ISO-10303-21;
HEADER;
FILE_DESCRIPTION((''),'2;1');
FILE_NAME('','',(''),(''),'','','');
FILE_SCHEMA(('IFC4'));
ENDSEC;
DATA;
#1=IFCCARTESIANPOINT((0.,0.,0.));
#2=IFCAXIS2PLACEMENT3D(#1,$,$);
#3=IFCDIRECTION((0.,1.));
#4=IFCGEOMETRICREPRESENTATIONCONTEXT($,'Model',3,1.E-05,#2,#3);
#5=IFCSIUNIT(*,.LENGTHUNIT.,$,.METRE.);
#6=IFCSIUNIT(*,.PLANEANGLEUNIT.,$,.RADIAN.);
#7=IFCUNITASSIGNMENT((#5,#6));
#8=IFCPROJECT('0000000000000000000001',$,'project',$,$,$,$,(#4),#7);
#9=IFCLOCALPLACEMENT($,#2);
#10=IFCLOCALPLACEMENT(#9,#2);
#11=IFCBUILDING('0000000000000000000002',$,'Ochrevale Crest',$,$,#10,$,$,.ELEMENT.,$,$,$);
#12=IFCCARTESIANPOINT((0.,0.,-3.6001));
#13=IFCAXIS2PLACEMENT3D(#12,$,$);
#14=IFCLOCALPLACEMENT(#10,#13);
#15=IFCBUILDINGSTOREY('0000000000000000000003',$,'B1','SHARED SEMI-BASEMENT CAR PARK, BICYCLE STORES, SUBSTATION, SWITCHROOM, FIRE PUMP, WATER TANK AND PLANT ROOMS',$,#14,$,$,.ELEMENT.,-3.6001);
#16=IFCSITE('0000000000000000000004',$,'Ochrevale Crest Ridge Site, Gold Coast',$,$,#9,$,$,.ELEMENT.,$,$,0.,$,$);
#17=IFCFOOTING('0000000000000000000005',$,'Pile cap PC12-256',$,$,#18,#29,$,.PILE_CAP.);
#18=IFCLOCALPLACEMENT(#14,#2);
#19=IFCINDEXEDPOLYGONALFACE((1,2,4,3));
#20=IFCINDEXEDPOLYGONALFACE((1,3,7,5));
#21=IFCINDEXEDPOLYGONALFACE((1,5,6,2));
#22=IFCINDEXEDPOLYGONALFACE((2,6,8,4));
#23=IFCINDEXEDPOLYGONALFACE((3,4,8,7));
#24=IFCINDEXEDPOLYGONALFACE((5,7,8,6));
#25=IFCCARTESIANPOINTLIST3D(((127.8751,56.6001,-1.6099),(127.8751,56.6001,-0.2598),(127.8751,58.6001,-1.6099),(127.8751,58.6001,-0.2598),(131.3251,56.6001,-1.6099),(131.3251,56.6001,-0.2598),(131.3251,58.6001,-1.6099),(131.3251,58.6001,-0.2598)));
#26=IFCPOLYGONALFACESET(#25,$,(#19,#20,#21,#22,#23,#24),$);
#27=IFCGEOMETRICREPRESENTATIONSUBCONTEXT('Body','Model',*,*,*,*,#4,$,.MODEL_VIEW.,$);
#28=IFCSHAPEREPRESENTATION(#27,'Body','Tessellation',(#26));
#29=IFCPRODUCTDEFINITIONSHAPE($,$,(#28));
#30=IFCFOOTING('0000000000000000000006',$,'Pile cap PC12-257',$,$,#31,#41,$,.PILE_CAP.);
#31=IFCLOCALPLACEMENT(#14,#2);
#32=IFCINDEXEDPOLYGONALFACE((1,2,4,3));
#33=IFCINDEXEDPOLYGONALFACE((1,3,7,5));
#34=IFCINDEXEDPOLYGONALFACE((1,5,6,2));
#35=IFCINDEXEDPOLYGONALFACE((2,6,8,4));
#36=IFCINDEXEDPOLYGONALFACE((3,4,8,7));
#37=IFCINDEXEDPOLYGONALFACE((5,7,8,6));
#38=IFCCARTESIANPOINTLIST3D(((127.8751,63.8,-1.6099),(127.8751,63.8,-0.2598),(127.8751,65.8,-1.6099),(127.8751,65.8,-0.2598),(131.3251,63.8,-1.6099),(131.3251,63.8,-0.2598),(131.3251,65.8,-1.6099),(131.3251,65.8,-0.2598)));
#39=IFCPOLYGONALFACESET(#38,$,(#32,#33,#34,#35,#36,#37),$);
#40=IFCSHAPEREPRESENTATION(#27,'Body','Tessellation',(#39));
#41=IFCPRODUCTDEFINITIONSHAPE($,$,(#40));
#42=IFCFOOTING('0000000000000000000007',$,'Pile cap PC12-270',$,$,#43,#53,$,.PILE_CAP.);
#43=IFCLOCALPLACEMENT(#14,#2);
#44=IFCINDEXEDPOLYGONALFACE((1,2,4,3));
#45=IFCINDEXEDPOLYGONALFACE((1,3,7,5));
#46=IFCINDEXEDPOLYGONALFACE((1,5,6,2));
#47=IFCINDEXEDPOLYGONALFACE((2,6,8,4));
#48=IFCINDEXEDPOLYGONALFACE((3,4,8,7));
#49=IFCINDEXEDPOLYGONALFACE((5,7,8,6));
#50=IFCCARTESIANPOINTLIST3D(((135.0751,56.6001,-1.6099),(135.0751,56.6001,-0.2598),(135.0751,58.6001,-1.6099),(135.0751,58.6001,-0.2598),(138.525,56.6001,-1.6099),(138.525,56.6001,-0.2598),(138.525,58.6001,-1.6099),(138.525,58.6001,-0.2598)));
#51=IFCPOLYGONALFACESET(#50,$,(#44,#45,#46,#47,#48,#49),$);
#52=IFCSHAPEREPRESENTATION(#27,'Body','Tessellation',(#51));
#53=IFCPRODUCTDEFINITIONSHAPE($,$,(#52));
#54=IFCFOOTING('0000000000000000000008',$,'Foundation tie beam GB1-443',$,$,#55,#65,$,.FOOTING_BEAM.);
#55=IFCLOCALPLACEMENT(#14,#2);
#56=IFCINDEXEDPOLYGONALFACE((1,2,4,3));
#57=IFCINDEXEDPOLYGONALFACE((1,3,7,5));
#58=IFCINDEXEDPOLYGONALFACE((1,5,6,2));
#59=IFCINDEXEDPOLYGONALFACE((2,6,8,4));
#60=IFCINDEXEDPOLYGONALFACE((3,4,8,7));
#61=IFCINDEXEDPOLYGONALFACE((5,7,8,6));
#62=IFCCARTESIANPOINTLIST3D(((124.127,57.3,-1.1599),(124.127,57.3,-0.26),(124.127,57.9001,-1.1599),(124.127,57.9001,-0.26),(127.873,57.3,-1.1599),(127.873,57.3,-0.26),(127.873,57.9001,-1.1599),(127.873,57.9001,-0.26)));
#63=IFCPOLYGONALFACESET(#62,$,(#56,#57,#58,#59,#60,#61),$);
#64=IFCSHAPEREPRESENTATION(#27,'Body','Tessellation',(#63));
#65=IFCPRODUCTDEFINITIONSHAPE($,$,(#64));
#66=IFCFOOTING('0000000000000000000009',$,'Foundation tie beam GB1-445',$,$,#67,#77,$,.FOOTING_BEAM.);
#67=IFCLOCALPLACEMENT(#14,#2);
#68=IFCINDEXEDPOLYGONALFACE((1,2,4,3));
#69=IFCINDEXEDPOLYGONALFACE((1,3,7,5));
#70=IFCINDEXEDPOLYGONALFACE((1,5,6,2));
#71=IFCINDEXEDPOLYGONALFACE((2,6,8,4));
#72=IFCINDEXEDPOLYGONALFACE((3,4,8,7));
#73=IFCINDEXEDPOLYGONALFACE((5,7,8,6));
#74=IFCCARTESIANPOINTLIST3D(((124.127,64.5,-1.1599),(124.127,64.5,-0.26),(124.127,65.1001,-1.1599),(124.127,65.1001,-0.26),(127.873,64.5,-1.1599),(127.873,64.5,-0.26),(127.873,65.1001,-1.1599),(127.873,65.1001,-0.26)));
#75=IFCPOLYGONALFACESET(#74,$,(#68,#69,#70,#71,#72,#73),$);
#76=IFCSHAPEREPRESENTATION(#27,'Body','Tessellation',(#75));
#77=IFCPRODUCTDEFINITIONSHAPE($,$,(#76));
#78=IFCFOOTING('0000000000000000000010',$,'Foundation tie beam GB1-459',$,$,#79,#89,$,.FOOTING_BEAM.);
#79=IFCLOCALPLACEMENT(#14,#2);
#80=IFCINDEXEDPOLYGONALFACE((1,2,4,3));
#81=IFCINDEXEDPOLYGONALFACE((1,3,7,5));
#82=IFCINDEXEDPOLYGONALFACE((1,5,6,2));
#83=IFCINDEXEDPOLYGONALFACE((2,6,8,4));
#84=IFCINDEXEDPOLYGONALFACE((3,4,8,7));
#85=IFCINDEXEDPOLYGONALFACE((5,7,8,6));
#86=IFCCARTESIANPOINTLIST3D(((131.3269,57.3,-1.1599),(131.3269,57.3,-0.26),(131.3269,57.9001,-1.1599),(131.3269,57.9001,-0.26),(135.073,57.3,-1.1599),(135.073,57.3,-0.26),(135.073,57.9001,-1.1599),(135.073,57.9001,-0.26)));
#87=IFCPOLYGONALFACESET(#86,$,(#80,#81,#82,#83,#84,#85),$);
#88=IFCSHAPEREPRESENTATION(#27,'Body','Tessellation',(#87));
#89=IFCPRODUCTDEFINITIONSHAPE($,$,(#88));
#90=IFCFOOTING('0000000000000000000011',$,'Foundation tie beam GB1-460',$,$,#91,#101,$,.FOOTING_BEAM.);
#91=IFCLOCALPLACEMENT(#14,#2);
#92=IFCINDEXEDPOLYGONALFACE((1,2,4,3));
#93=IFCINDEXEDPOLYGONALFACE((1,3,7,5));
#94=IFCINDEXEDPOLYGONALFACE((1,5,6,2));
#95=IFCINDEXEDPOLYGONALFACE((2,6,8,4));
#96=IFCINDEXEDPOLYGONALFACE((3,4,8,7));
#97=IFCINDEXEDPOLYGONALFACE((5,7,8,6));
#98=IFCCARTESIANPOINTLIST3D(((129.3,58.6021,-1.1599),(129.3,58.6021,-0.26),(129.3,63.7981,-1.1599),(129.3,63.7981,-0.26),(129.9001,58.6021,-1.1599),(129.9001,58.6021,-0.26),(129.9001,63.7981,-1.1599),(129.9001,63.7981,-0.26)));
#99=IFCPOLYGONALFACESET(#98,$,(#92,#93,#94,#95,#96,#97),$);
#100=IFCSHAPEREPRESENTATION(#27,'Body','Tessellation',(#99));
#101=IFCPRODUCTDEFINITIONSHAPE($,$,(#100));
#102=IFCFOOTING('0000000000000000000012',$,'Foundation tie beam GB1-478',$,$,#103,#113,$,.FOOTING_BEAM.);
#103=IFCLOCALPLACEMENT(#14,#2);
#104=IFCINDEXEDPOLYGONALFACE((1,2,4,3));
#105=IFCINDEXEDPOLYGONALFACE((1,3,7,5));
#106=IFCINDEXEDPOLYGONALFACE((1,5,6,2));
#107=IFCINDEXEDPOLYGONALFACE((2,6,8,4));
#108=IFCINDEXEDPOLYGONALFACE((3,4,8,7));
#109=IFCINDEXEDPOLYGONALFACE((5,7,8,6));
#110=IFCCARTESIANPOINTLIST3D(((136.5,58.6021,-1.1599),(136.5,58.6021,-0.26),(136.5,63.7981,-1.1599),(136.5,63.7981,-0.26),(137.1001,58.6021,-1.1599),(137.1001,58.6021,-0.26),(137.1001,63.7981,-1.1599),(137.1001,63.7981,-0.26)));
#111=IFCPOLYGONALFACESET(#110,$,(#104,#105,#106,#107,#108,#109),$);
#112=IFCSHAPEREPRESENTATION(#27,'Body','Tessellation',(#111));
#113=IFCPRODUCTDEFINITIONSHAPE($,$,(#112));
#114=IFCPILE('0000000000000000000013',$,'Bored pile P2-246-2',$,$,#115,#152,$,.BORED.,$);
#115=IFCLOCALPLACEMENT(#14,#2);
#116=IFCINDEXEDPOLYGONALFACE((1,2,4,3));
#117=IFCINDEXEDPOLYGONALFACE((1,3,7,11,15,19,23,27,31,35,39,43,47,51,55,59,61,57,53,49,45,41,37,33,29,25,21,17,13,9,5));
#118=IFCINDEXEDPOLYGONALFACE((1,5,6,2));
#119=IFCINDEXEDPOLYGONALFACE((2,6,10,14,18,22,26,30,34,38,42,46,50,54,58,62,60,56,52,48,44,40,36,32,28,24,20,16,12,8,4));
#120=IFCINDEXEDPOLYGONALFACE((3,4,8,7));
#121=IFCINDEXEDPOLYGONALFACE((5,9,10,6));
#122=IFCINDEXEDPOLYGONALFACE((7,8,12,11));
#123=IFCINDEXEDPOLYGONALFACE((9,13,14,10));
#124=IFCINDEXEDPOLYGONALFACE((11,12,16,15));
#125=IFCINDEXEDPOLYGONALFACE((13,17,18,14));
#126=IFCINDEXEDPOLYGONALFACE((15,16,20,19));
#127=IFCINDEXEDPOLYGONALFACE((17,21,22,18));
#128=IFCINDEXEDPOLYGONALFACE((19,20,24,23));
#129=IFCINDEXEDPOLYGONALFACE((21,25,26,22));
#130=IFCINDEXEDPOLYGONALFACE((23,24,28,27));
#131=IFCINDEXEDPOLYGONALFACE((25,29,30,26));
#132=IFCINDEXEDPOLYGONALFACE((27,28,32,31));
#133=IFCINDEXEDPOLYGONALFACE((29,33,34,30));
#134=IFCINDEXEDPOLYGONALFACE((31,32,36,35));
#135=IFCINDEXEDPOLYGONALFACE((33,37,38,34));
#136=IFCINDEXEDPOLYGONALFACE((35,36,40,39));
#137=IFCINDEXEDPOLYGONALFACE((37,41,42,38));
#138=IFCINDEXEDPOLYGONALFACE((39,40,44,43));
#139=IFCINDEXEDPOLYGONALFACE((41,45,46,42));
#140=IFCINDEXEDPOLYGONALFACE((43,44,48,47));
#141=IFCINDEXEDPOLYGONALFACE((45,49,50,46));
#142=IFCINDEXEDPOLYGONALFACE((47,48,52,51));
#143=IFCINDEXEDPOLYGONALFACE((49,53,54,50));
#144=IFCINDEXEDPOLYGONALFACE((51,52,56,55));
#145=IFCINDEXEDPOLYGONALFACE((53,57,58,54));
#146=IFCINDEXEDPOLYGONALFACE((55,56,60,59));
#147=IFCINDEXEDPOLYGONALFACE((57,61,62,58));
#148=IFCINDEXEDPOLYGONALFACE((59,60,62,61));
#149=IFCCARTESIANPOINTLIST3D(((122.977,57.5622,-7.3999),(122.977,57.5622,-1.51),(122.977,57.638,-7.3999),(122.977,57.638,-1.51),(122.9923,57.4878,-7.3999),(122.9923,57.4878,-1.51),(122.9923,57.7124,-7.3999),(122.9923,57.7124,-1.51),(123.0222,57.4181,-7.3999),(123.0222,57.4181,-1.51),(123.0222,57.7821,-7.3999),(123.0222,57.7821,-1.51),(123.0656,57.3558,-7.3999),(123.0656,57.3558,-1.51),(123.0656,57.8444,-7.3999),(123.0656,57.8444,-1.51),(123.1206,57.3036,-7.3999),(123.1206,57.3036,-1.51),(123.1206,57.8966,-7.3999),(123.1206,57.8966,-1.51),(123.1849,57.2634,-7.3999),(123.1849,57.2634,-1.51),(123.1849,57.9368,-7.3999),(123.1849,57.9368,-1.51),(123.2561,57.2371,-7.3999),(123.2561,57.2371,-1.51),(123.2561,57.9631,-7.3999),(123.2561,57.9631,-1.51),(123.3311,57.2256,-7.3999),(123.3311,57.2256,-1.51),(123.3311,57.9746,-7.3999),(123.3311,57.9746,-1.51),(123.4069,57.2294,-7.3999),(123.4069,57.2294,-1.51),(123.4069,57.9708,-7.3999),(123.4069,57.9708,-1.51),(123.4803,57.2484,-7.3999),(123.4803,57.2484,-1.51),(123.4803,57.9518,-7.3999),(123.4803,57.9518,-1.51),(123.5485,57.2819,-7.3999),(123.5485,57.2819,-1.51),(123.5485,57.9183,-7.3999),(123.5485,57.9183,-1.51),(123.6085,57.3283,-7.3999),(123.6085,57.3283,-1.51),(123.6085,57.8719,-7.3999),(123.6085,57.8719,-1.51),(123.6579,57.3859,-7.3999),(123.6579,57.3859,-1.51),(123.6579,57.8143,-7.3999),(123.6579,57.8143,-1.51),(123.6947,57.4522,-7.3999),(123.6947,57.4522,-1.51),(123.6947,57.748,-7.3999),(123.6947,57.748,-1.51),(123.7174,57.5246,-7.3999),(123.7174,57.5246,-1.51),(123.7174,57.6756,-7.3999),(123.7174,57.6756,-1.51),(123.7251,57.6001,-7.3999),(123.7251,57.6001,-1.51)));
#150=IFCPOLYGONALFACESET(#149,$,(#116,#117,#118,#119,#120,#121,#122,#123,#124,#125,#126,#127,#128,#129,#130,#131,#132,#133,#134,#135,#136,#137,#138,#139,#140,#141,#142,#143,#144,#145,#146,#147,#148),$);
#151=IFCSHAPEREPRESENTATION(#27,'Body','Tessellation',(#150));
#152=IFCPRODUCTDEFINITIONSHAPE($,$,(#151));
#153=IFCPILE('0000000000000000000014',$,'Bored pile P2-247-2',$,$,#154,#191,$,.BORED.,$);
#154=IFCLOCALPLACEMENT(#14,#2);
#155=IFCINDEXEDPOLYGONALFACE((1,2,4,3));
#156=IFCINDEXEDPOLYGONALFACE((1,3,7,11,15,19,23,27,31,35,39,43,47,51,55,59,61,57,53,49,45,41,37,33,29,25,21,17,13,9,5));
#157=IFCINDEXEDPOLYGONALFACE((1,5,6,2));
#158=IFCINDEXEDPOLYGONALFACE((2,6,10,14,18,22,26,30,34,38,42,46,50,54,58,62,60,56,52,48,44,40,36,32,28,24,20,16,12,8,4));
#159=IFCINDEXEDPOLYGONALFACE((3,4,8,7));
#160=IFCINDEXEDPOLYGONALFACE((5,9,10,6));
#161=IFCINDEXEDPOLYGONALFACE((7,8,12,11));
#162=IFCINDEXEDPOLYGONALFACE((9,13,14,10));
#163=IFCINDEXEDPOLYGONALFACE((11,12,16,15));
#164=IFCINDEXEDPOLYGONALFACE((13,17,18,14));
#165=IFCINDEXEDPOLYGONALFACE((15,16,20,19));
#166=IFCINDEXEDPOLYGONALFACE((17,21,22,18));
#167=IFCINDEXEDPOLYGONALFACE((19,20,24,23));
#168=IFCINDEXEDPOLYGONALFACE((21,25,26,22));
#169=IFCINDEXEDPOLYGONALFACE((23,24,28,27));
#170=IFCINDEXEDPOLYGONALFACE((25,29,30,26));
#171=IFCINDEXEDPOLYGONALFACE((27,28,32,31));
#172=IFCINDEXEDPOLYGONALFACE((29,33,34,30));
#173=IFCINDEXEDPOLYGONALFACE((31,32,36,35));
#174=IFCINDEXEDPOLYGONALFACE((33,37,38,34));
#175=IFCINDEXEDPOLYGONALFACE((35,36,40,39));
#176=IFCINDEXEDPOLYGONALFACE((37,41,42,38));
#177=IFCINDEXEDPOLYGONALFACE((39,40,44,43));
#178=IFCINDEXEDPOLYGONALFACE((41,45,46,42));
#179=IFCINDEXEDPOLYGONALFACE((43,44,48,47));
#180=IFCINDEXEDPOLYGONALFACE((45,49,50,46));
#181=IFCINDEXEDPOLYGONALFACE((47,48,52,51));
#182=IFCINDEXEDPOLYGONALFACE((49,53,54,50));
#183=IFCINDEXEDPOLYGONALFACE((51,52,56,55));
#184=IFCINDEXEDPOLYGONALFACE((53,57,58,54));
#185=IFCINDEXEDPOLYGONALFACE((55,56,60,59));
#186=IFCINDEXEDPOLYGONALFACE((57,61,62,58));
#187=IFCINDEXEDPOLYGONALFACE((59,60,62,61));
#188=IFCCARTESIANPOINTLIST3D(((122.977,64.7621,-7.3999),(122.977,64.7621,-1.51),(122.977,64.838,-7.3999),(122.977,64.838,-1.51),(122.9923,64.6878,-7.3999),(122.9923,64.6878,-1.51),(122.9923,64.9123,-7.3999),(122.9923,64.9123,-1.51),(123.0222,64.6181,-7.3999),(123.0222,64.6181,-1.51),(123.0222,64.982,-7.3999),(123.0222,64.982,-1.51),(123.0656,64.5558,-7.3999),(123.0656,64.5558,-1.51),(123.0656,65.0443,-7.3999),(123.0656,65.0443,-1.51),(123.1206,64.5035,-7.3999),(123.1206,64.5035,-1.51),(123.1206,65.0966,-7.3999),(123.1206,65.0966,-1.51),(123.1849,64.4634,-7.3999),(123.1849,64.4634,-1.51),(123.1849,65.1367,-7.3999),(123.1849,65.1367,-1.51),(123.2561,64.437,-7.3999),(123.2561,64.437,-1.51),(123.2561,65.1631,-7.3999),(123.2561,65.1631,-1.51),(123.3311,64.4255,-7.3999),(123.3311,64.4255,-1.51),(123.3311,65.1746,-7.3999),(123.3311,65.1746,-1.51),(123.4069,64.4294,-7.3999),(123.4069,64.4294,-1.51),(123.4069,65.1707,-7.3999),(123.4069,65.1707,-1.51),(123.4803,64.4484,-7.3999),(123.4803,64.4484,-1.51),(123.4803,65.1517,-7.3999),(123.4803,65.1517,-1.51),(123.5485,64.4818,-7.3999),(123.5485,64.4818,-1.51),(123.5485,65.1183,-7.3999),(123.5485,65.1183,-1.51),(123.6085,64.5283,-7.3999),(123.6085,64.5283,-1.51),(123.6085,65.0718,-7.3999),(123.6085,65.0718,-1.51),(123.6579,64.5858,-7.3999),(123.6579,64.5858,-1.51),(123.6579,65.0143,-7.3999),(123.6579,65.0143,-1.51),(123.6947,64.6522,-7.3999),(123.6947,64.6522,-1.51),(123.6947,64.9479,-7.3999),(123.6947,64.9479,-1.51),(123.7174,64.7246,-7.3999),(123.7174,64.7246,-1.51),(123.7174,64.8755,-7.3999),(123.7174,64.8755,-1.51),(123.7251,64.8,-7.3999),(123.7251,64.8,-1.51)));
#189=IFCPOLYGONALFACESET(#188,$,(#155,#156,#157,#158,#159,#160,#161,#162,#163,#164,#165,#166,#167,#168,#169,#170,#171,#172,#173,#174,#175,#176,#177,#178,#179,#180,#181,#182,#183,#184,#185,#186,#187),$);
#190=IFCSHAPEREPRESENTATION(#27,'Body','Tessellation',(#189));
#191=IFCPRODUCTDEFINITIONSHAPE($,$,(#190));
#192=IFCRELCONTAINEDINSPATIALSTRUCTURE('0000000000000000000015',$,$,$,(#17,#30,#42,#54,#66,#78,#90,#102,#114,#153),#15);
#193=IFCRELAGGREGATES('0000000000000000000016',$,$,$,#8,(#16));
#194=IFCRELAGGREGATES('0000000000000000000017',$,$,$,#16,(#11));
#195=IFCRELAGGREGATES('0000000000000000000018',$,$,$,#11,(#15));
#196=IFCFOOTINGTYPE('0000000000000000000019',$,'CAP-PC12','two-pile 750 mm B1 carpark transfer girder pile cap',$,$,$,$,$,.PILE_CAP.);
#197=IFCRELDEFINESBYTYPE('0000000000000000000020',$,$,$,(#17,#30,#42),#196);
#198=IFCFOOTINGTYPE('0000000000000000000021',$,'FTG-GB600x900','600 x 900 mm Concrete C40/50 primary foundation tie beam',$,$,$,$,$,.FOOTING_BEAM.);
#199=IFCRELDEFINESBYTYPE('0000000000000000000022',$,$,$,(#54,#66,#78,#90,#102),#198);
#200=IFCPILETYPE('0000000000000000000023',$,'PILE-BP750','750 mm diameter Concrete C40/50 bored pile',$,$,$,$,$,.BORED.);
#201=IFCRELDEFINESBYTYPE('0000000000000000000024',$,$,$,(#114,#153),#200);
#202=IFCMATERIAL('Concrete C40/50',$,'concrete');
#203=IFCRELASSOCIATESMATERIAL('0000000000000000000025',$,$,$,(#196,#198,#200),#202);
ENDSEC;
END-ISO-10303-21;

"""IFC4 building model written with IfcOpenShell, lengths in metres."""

from ifc_helpers import new_model, si_unit, direction, frame, origin, origin_2d, place, context, subcontext, project, spatial, rectangle, circle, extrude, material, material_profile, profile_set, type_object, element, save


model = new_model("IFC4")

# Units and contexts
model_context = context("Model", 3, precision=1e-05, world=origin(), true_north=direction((0.0, 1.0)))
body_context = subcontext(model_context, "Body", "Model", "MODEL_VIEW")
ifc_project = project(units=[si_unit("LENGTHUNIT", "METRE"), si_unit("PLANEANGLEUNIT", "RADIAN")], contexts=[model_context])

# Site, building, storey
site_placement = place(None, origin())
site = spatial("IfcSite", under=ifc_project, at=site_placement, Name="Ochrevale Crest Ridge Site, Gold Coast", CompositionType="ELEMENT", RefElevation=0.0)
building_placement = place(site_placement, origin())
building = spatial("IfcBuilding", under=site, at=building_placement, Name="Ochrevale Crest", CompositionType="ELEMENT")
storey_placement = place(building_placement, frame((0.0, 0.0, -3.6001)))
storey = spatial("IfcBuildingStorey", under=building, at=storey_placement, Name="B1", Description="SHARED SEMI-BASEMENT CAR PARK, BICYCLE STORES, SUBSTATION, SWITCHROOM, FIRE PUMP, WATER TANK AND PLANT ROOMS", CompositionType="ELEMENT", Elevation=-3.6001)

# Footings
ifc_material_1 = material(Name="Concrete C40/50", Category="concrete")
footing_type_1 = type_object("IfcFootingType", Name="CAP-PC12", Description="two-pile 750 mm B1 carpark transfer girder pile cap", PredefinedType="PILE_CAP", material=ifc_material_1)
for number, where, z_axis, x_axis, name in (
    (1, (129.6001, 57.6001, -1.6099), (0.0, 0.0, 1.0), (1.0, 0.0, 0.0), "Pile cap PC12-256"),
    (2, (129.6001, 64.8, -1.6099), (0.0, 0.0, 1.0), (1.0, 0.0, 0.0), "Pile cap PC12-257"),
    (3, (136.8, 57.6001, -1.6099), (0.0, 0.0, 1.0), (1.0, 0.0, 0.0), "Pile cap PC12-270"),
):
    element("IfcFooting", number, at=place(storey_placement, frame(where, z_axis=z_axis, x_axis=x_axis)), inside=storey, type_object=footing_type_1, Name=name, PredefinedType="PILE_CAP", context=body_context, shape_type="SweptSolid", body=[
        extrude(rectangle(XDim=3.45, YDim=2.0, at=origin_2d()), origin(), (0.0, 0.0, 1.0), 1.3501),
    ])
ifc_material_profile_1 = material_profile(ifc_material_1, rectangle(XDim=0.6001, YDim=0.8999, at=origin_2d()), Name="GB 600x900")
ifc_profile_set_1 = profile_set([ifc_material_profile_1], Name="Concrete C40/50")
footing_type_2 = type_object("IfcFootingType", Name="FTG-GB600x900", Description="600 x 900 mm Concrete C40/50 primary foundation tie beam", PredefinedType="FOOTING_BEAM", material=ifc_profile_set_1)
for number, where, z_axis, x_axis, name in (
    (4, (124.127, 57.6001, -0.71), (1.0, 0.0, 0.0), (0.0, 1.0, 0.0), "Foundation tie beam GB1-443"),
    (5, (124.127, 64.8, -0.71), (1.0, 0.0, 0.0), (0.0, 1.0, 0.0), "Foundation tie beam GB1-445"),
    (6, (131.3269, 57.6001, -0.71), (1.0, 0.0, 0.0), (0.0, 1.0, 0.0), "Foundation tie beam GB1-459"),
):
    element("IfcFooting", number, at=place(storey_placement, frame(where, z_axis=z_axis, x_axis=x_axis)), inside=storey, type_object=footing_type_2, Name=name, PredefinedType="FOOTING_BEAM", context=body_context, shape_type="SweptSolid", body=[
        extrude(rectangle(XDim=0.6001, YDim=0.8999, at=origin_2d()), origin(), (0.0, 0.0, 1.0), 3.7461),
    ])
for number, where, z_axis, x_axis, name in (
    (7, (129.6001, 58.6021, -0.71), (0.0, 1.0, 0.0), (-1.0, 0.0, 0.0), "Foundation tie beam GB1-460"),
    (8, (136.8, 58.6021, -0.71), (0.0, 1.0, 0.0), (-1.0, 0.0, 0.0), "Foundation tie beam GB1-478"),
):
    element("IfcFooting", number, at=place(storey_placement, frame(where, z_axis=z_axis, x_axis=x_axis)), inside=storey, type_object=footing_type_2, Name=name, PredefinedType="FOOTING_BEAM", context=body_context, shape_type="SweptSolid", body=[
        extrude(rectangle(XDim=0.6001, YDim=0.8999, at=origin_2d()), origin(), (0.0, 0.0, 1.0), 5.196),
    ])

# Piles
ifc_material_profile_2 = material_profile(ifc_material_1, circle(Radius=0.375, at=origin_2d()), Name="BORED PILE 750")
ifc_profile_set_2 = profile_set([ifc_material_profile_2], Name="Concrete C40/50")
pile_type = type_object("IfcPileType", Name="PILE-BP750", Description="750 mm diameter Concrete C40/50 bored pile", PredefinedType="BORED", material=ifc_profile_set_2)
for number, where, z_axis, x_axis, name in (
    (9, (123.3501, 57.6001, -1.51), (0.0, 0.0, -1.0), (1.0, 0.0, 0.0), "Bored pile P2-246-2"),
    (10, (123.3501, 64.8, -1.51), (0.0, 0.0, -1.0), (1.0, 0.0, 0.0), "Bored pile P2-247-2"),
):
    element("IfcPile", number, at=place(storey_placement, frame(where, z_axis=z_axis, x_axis=x_axis)), inside=storey, type_object=pile_type, Name=name, PredefinedType="BORED", context=body_context, shape_type="SweptSolid", body=[
        extrude(circle(Radius=0.375, at=origin_2d()), origin(), (0.0, 0.0, 1.0), 5.8899),
    ])

save(model, "model.ifc")
